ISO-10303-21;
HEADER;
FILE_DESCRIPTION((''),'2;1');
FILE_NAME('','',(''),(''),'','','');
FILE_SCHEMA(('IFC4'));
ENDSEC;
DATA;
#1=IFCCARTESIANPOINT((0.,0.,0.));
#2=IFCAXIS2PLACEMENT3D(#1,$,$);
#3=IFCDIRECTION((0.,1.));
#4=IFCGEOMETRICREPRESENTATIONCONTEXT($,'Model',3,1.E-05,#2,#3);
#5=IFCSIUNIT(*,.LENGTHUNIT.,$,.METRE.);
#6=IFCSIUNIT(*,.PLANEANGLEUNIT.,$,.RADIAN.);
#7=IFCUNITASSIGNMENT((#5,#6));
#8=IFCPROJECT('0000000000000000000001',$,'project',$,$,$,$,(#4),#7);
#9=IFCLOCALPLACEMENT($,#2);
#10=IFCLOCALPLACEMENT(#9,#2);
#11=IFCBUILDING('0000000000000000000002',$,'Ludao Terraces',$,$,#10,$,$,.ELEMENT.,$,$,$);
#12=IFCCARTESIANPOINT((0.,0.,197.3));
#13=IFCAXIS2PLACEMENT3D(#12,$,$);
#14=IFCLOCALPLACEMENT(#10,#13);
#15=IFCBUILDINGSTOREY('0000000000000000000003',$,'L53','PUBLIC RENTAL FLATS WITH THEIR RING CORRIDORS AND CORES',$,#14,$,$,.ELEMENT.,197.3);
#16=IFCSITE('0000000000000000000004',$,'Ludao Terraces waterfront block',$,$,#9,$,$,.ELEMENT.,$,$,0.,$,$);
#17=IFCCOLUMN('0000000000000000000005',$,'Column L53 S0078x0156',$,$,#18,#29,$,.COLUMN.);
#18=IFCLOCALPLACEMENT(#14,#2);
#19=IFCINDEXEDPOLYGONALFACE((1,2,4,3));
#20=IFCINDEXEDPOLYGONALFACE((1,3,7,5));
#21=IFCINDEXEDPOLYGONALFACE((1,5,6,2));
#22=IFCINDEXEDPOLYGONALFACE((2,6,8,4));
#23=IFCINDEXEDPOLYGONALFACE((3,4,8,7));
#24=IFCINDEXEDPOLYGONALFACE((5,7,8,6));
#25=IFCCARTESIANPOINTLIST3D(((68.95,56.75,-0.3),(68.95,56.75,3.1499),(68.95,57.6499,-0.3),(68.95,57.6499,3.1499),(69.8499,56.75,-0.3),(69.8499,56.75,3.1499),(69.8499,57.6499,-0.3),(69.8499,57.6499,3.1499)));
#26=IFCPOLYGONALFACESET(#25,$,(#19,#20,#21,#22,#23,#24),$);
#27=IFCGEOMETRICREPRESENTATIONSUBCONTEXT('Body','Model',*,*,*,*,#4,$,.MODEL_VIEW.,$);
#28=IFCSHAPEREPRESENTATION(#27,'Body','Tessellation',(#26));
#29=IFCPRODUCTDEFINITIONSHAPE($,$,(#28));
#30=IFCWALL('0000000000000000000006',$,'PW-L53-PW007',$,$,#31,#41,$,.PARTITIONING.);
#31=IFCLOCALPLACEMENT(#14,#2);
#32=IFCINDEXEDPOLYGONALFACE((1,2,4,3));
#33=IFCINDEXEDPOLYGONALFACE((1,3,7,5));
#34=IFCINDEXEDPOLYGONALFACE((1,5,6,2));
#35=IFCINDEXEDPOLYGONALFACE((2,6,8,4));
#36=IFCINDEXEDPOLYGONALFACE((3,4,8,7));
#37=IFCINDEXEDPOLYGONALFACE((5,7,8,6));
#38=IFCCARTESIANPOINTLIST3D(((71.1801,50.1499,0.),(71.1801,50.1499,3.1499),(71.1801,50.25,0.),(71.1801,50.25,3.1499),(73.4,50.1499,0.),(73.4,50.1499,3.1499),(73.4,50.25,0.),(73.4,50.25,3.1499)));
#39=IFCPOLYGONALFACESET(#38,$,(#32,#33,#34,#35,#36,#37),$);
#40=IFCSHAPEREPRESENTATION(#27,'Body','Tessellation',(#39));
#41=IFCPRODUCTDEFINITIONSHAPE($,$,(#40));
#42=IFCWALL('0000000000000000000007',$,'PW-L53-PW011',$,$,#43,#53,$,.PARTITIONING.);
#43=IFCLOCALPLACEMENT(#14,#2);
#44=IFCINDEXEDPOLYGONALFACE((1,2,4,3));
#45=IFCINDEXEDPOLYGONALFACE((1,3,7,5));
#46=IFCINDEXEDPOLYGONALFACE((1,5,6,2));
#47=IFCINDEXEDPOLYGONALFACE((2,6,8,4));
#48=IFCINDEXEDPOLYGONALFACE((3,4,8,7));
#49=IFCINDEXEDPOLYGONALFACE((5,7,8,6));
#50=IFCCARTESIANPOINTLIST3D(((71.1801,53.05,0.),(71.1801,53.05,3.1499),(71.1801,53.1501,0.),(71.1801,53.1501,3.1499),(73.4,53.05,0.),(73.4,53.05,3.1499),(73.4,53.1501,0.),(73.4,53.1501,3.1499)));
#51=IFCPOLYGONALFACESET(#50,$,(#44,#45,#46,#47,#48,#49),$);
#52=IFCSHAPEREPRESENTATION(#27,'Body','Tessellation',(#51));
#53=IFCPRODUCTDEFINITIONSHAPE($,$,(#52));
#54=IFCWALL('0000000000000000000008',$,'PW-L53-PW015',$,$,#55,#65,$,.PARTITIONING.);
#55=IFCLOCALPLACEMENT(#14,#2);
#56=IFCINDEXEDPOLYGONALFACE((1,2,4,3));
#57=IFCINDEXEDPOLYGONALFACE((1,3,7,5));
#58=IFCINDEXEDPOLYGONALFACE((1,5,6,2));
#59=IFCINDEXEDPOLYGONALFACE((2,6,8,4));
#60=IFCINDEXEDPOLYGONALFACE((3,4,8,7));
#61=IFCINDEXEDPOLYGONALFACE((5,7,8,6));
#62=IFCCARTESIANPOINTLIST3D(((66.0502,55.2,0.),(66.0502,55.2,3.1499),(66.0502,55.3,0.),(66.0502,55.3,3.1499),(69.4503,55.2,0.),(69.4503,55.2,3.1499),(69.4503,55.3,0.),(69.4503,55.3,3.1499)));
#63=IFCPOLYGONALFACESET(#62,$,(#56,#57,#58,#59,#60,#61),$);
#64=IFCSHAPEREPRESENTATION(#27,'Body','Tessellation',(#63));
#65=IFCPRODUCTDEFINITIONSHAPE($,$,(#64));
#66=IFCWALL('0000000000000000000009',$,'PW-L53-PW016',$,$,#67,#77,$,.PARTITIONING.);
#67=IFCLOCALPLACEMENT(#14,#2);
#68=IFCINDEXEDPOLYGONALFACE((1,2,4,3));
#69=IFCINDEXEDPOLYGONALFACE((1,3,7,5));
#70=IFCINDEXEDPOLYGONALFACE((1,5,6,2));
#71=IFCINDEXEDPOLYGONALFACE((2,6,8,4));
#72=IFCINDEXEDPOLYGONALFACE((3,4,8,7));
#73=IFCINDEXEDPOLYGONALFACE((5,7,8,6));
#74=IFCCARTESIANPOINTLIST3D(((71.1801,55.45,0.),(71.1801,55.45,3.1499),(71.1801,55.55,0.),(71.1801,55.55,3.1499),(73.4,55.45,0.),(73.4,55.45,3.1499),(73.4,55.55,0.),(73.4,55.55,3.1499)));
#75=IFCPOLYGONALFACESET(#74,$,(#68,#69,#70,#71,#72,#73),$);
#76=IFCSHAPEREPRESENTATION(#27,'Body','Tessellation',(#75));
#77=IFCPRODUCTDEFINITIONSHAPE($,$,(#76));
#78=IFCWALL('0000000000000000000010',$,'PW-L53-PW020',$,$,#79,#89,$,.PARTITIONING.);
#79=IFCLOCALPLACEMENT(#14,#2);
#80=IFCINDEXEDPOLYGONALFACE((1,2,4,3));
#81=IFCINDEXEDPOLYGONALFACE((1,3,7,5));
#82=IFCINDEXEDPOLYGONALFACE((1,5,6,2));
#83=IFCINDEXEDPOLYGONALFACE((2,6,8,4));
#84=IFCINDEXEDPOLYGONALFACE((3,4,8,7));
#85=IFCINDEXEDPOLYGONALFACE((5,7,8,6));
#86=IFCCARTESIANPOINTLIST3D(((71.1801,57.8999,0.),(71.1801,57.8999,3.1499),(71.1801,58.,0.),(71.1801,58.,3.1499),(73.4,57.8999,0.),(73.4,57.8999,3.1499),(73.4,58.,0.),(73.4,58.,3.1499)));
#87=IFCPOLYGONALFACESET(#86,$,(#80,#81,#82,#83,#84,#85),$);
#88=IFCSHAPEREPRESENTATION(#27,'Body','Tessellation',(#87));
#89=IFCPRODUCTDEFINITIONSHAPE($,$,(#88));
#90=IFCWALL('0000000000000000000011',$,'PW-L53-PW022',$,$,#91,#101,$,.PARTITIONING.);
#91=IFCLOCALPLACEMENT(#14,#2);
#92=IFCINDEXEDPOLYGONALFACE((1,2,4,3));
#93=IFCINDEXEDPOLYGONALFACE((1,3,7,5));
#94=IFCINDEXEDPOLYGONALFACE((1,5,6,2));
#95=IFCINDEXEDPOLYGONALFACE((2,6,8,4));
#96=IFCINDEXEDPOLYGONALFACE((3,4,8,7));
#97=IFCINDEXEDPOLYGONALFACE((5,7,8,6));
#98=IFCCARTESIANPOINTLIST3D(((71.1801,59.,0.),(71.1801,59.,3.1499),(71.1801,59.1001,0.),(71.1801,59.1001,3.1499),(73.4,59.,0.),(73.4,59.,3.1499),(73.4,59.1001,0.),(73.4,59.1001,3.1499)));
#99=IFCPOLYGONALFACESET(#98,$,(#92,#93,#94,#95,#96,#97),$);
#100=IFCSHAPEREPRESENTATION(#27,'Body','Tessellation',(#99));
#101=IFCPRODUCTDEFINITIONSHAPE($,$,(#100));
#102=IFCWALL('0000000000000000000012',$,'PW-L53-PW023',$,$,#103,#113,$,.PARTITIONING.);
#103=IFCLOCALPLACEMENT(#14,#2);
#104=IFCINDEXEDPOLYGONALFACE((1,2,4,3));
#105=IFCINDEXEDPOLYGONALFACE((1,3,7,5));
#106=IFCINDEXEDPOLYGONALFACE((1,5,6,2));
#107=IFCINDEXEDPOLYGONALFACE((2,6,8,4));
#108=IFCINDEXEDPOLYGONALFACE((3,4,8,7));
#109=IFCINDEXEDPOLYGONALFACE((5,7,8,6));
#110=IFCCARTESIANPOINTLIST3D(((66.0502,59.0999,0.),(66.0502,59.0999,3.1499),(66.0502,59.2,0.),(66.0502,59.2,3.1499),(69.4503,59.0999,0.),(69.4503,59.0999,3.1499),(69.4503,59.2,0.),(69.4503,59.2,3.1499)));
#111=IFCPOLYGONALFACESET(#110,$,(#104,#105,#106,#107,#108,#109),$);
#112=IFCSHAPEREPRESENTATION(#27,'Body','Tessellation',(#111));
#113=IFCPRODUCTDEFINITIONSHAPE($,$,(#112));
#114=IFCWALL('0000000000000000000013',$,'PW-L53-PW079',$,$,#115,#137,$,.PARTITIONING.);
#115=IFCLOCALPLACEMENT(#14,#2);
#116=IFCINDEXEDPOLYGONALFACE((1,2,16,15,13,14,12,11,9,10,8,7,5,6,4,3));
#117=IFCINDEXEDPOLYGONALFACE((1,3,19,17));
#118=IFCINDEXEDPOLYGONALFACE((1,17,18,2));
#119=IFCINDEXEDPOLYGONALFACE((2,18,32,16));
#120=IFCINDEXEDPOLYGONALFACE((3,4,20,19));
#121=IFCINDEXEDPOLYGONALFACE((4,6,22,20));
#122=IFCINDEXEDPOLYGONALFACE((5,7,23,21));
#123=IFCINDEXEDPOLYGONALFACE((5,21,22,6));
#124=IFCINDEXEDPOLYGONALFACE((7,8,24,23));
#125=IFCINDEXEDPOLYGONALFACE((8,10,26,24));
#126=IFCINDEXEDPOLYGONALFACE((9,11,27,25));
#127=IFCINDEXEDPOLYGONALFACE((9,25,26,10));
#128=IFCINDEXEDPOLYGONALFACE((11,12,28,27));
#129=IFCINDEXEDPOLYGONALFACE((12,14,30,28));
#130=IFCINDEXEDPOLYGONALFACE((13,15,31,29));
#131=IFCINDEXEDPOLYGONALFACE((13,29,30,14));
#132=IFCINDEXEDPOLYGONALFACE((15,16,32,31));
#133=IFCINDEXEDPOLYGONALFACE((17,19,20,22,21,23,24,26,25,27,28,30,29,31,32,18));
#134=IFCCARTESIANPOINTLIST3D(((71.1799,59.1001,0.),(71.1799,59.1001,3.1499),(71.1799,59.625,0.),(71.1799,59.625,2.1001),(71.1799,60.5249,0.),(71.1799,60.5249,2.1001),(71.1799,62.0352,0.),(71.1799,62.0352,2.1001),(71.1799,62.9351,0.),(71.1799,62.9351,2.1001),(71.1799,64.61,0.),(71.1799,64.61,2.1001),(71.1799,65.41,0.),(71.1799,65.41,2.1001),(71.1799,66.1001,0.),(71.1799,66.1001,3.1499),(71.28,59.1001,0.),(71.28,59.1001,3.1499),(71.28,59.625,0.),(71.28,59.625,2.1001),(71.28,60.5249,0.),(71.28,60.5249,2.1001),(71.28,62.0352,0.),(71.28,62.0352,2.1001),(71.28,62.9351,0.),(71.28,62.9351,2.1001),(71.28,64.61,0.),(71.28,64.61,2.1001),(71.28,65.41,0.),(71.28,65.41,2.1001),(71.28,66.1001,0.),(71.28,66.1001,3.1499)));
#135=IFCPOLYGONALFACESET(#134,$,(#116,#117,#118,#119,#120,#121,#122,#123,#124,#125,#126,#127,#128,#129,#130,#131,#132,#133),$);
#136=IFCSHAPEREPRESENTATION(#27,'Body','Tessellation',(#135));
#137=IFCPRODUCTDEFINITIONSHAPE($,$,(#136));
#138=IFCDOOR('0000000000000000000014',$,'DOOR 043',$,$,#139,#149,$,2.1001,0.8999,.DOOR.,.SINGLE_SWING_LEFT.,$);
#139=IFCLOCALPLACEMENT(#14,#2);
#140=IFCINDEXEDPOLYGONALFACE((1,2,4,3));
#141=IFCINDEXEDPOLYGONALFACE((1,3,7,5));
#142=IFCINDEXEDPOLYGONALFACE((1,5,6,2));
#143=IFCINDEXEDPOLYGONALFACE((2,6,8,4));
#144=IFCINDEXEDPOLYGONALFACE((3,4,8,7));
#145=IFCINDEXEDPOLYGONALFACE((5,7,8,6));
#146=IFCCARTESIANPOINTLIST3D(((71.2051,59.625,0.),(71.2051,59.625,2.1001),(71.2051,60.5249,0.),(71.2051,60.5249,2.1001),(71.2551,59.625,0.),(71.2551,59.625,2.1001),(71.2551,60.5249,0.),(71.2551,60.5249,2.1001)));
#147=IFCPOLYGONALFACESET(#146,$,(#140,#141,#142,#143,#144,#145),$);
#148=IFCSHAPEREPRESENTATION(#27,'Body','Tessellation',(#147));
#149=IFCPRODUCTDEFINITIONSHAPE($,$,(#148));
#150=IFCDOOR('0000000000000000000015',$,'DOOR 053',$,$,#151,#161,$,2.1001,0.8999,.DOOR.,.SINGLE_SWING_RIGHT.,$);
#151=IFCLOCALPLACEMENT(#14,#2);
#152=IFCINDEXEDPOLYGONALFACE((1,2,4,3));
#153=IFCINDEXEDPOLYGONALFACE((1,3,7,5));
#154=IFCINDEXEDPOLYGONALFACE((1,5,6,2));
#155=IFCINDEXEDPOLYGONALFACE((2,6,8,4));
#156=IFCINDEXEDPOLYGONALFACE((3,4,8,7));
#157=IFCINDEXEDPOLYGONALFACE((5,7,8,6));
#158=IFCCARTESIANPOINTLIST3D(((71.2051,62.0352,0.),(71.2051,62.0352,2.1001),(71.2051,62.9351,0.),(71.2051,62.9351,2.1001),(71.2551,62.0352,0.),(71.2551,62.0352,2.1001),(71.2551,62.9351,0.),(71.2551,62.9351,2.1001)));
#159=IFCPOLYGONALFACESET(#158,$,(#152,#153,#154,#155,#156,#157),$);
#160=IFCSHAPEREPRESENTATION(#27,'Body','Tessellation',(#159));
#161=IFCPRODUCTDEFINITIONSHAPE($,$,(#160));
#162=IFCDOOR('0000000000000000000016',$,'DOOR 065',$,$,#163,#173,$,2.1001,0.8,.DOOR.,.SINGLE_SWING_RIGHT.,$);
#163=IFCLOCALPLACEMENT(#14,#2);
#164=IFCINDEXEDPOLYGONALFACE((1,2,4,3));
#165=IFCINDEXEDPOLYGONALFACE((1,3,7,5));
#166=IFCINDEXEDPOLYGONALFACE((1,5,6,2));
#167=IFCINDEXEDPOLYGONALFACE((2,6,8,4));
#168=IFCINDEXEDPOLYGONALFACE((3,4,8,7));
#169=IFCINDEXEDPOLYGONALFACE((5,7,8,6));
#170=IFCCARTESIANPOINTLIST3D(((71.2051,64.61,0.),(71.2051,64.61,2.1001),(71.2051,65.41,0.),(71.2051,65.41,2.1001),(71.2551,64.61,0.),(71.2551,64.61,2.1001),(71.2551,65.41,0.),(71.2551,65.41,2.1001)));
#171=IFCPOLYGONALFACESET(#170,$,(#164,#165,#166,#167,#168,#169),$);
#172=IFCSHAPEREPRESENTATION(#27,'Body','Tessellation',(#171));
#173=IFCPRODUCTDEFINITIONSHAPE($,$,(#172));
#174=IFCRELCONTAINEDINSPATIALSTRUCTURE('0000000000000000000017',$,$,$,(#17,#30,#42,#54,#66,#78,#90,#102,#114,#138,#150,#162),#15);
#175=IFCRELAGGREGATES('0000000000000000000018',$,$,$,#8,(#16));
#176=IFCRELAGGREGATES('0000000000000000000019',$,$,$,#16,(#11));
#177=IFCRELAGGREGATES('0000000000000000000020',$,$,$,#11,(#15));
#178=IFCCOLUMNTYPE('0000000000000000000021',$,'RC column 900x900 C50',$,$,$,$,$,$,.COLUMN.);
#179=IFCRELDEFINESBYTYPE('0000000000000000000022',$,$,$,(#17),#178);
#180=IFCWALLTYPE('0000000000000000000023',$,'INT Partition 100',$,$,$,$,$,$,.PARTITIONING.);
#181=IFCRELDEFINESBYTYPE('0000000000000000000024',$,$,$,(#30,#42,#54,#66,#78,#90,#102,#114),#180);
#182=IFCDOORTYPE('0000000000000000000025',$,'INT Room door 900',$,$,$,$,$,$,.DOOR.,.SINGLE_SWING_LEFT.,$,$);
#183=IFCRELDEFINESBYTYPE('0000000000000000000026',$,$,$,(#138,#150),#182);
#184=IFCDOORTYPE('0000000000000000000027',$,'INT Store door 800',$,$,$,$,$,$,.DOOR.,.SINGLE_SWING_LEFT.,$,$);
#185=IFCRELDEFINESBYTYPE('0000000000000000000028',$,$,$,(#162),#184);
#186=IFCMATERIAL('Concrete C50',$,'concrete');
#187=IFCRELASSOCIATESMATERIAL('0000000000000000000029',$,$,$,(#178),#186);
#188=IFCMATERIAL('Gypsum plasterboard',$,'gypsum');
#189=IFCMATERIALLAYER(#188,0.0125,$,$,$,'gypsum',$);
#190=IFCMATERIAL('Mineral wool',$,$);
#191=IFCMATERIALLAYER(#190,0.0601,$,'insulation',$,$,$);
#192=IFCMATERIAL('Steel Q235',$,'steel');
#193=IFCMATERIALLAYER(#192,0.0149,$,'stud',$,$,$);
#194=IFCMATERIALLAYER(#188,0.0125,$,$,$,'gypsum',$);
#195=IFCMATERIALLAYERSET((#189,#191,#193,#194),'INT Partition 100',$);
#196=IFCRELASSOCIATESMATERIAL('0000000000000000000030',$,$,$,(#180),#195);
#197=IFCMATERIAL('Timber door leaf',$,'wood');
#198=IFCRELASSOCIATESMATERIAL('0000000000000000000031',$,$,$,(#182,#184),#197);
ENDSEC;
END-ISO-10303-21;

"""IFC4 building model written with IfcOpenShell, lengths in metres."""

from ifc_helpers import new_model, si_unit, direction, frame, frame_2d, origin, origin_2d, place, context, subcontext, project, spatial, rectangle, extrude, material, layer, layer_set, material_profile, profile_set, type_object, element, fill, save


model = new_model("IFC4")

# Units and contexts
model_context = context("Model", 3, precision=1e-05, world=origin(), true_north=direction((0.0, 1.0)))
body_context = subcontext(model_context, "Body", "Model", "MODEL_VIEW")
ifc_project = project(units=[si_unit("LENGTHUNIT", "METRE"), si_unit("PLANEANGLEUNIT", "RADIAN")], contexts=[model_context])

# Site, building, storey
site_placement = place(None, origin())
site = spatial("IfcSite", under=ifc_project, at=site_placement, Name="Ludao Terraces waterfront block", CompositionType="ELEMENT", RefElevation=0.0)
building_placement = place(site_placement, origin())
building = spatial("IfcBuilding", under=site, at=building_placement, Name="Ludao Terraces", CompositionType="ELEMENT")
storey_placement = place(building_placement, frame((0.0, 0.0, 197.3)))
storey = spatial("IfcBuildingStorey", under=building, at=storey_placement, Name="L53", Description="PUBLIC RENTAL FLATS WITH THEIR RING CORRIDORS AND CORES", CompositionType="ELEMENT", Elevation=197.3)

# Column
ifc_material_1 = material(Name="Concrete C50", Category="concrete")
ifc_material_profile = material_profile(ifc_material_1, rectangle(XDim=0.8999, YDim=0.8999, at=origin_2d()), Name="900 X 900")
ifc_profile_set = profile_set([ifc_material_profile], Name="Concrete C50")
column_type = type_object("IfcColumnType", Name="RC column 900x900 C50", PredefinedType="COLUMN", material=ifc_profile_set)
column_placement = place(storey_placement, frame((69.3999, 57.2, -0.3), z_axis=(0.0, 0.0, 1.0), x_axis=(1.0, 0.0, 0.0)))
element("IfcColumn", 1, at=column_placement, inside=storey, type_object=column_type, Name="Column L53 S0078x0156", PredefinedType="COLUMN", context=body_context, shape_type="SweptSolid", body=[
    extrude(rectangle(XDim=0.8999, YDim=0.8999, at=origin_2d()), origin(), (0.0, 0.0, 1.0), 3.45),
])

# Walls
ifc_material_2 = material(Name="Gypsum plasterboard", Category="gypsum")
ifc_layer_1 = layer(ifc_material_2, 0.0125, Category="gypsum")
ifc_material_3 = material(Name="Mineral wool")
ifc_layer_2 = layer(ifc_material_3, 0.0601, Name="insulation")
ifc_material_4 = material(Name="Steel Q235", Category="steel")
ifc_layer_3 = layer(ifc_material_4, 0.0149, Name="stud")
ifc_layer_4 = layer(ifc_material_2, 0.0125, Category="gypsum")
ifc_layer_set = layer_set([ifc_layer_1, ifc_layer_2, ifc_layer_3, ifc_layer_4], Name="INT Partition 100")
wall_type = type_object("IfcWallType", Name="INT Partition 100", PredefinedType="PARTITIONING", material=ifc_layer_set)
for number, where, z_axis, x_axis, name in (
    (2, (71.1802, 50.2, 0.0), (0.0, 0.0, 1.0), (1.0, 0.0, 0.0), "PW-L53-PW007"),
    (3, (71.1802, 53.1001, 0.0), (0.0, 0.0, 1.0), (1.0, 0.0, 0.0), "PW-L53-PW011"),
):
    element("IfcWall", number, at=place(storey_placement, frame(where, z_axis=z_axis, x_axis=x_axis)), inside=storey, type_object=wall_type, Name=name, PredefinedType="PARTITIONING", context=body_context, shape_type="SweptSolid", body=[
        extrude(rectangle(XDim=2.22, YDim=0.1001, at=frame_2d((1.1099, 0.0))), origin(), (0.0, 0.0, 1.0), 3.1499),
    ])
wall_1_placement = place(storey_placement, frame((66.05, 55.25, 0.0), z_axis=(0.0, 0.0, 1.0), x_axis=(1.0, 0.0, 0.0)))
element("IfcWall", 4, at=wall_1_placement, inside=storey, type_object=wall_type, Name="PW-L53-PW015", PredefinedType="PARTITIONING", context=body_context, shape_type="SweptSolid", body=[
    extrude(rectangle(XDim=3.4001, YDim=0.1001, at=frame_2d((1.7002, 0.0))), origin(), (0.0, 0.0, 1.0), 3.1499),
])
for number, where, z_axis, x_axis, name in (
    (5, (71.1802, 55.5, 0.0), (0.0, 0.0, 1.0), (1.0, 0.0, 0.0), "PW-L53-PW016"),
    (6, (71.1802, 57.95, 0.0), (0.0, 0.0, 1.0), (1.0, 0.0, 0.0), "PW-L53-PW020"),
    (7, (71.1802, 59.05, 0.0), (0.0, 0.0, 1.0), (1.0, 0.0, 0.0), "PW-L53-PW022"),
):
    element("IfcWall", number, at=place(storey_placement, frame(where, z_axis=z_axis, x_axis=x_axis)), inside=storey, type_object=wall_type, Name=name, PredefinedType="PARTITIONING", context=body_context, shape_type="SweptSolid", body=[
        extrude(rectangle(XDim=2.22, YDim=0.1001, at=frame_2d((1.1099, 0.0))), origin(), (0.0, 0.0, 1.0), 3.1499),
    ])
wall_2_placement = place(storey_placement, frame((66.05, 59.1499, 0.0), z_axis=(0.0, 0.0, 1.0), x_axis=(1.0, 0.0, 0.0)))
element("IfcWall", 8, at=wall_2_placement, inside=storey, type_object=wall_type, Name="PW-L53-PW023", PredefinedType="PARTITIONING", context=body_context, shape_type="SweptSolid", body=[
    extrude(rectangle(XDim=3.4001, YDim=0.1001, at=frame_2d((1.7002, 0.0))), origin(), (0.0, 0.0, 1.0), 3.1499),
])

# Wall, openings, doors
ifc_material_5 = material(Name="Timber door leaf", Category="wood")
door_type_1 = type_object("IfcDoorType", Name="INT Room door 900", OperationType="SINGLE_SWING_LEFT", PredefinedType="DOOR", material=ifc_material_5)
wall_3_placement = place(storey_placement, frame((71.23, 59.1001, 0.0), z_axis=(0.0, 0.0, 1.0), x_axis=(0.0, 1.0, 0.0)))
wall_3 = element("IfcWall", 9, at=wall_3_placement, inside=storey, type_object=wall_type, Name="PW-L53-PW079", PredefinedType="PARTITIONING", context=body_context, shape_type="SweptSolid", body=[
    extrude(rectangle(XDim=7.0, YDim=0.1001, at=frame_2d((3.5, 0.0))), origin(), (0.0, 0.0, 1.0), 3.1499),
])
opening_1_placement = place(wall_3_placement, frame((0.5249, 0.0, 0.0)))
opening_1 = element("IfcOpeningElement", 10, at=opening_1_placement, cuts=wall_3, PredefinedType="OPENING", context=body_context, shape_type="SweptSolid", body=[
    extrude(rectangle(XDim=0.8999, YDim=2.1001, at=frame_2d((0.45, 1.05))), frame((0.0, 0.0601, 0.0), z_axis=(0.0, -1.0, 0.0), x_axis=(1.0, 0.0, 0.0)), (0.0, 0.0, 1.0), 0.1201),
])
opening_2_placement = place(wall_3_placement, frame((2.9351, 0.0, 0.0)))
opening_2 = element("IfcOpeningElement", 11, at=opening_2_placement, cuts=wall_3, PredefinedType="OPENING", context=body_context, shape_type="SweptSolid", body=[
    extrude(rectangle(XDim=0.8999, YDim=2.1001, at=frame_2d((0.45, 1.05))), frame((0.0, 0.0601, 0.0), z_axis=(0.0, -1.0, 0.0), x_axis=(1.0, 0.0, 0.0)), (0.0, 0.0, 1.0), 0.1201),
])
opening_3_placement = place(wall_3_placement, frame((5.51, 0.0, 0.0)))
opening_3 = element("IfcOpeningElement", 12, at=opening_3_placement, cuts=wall_3, PredefinedType="OPENING", context=body_context, shape_type="SweptSolid", body=[
    extrude(rectangle(XDim=0.8, YDim=2.1001, at=frame_2d((0.3999, 1.05))), frame((0.0, 0.0601, 0.0), z_axis=(0.0, -1.0, 0.0), x_axis=(1.0, 0.0, 0.0)), (0.0, 0.0, 1.0), 0.1201),
])
door_1_placement = place(opening_1_placement, origin())
door_1 = element("IfcDoor", 13, at=door_1_placement, inside=storey, type_object=door_type_1, Name="DOOR 043", OperationType="SINGLE_SWING_LEFT", OverallHeight=2.1001, OverallWidth=0.8999, PredefinedType="DOOR", context=body_context, shape_type="SweptSolid", body=[
    extrude(rectangle(XDim=0.8999, YDim=2.1001, at=frame_2d((0.45, 1.05))), frame((0.0, 0.0249, 0.0), z_axis=(0.0, -1.0, 0.0), x_axis=(1.0, 0.0, 0.0)), (0.0, 0.0, 1.0), 0.05),
])
fill(opening_1, door_1)
door_2_placement = place(opening_2_placement, origin())
door_2 = element("IfcDoor", 14, at=door_2_placement, inside=storey, type_object=door_type_1, Name="DOOR 053", OperationType="SINGLE_SWING_RIGHT", OverallHeight=2.1001, OverallWidth=0.8999, PredefinedType="DOOR", context=body_context, shape_type="SweptSolid", body=[
    extrude(rectangle(XDim=0.8999, YDim=2.1001, at=frame_2d((0.45, 1.05))), frame((0.0, 0.0249, 0.0), z_axis=(0.0, -1.0, 0.0), x_axis=(1.0, 0.0, 0.0)), (0.0, 0.0, 1.0), 0.05),
])
fill(opening_2, door_2)
door_type_2 = type_object("IfcDoorType", Name="INT Store door 800", OperationType="SINGLE_SWING_LEFT", PredefinedType="DOOR", material=ifc_material_5)
door_3_placement = place(opening_3_placement, origin())
door_3 = element("IfcDoor", 15, at=door_3_placement, inside=storey, type_object=door_type_2, Name="DOOR 065", OperationType="SINGLE_SWING_RIGHT", OverallHeight=2.1001, OverallWidth=0.8, PredefinedType="DOOR", context=body_context, shape_type="SweptSolid", body=[
    extrude(rectangle(XDim=0.8, YDim=2.1001, at=frame_2d((0.3999, 1.05))), frame((0.0, 0.0249, 0.0), z_axis=(0.0, -1.0, 0.0), x_axis=(1.0, 0.0, 0.0)), (0.0, 0.0, 1.0), 0.05),
])
fill(opening_3, door_3)

save(model, "model.ifc")
